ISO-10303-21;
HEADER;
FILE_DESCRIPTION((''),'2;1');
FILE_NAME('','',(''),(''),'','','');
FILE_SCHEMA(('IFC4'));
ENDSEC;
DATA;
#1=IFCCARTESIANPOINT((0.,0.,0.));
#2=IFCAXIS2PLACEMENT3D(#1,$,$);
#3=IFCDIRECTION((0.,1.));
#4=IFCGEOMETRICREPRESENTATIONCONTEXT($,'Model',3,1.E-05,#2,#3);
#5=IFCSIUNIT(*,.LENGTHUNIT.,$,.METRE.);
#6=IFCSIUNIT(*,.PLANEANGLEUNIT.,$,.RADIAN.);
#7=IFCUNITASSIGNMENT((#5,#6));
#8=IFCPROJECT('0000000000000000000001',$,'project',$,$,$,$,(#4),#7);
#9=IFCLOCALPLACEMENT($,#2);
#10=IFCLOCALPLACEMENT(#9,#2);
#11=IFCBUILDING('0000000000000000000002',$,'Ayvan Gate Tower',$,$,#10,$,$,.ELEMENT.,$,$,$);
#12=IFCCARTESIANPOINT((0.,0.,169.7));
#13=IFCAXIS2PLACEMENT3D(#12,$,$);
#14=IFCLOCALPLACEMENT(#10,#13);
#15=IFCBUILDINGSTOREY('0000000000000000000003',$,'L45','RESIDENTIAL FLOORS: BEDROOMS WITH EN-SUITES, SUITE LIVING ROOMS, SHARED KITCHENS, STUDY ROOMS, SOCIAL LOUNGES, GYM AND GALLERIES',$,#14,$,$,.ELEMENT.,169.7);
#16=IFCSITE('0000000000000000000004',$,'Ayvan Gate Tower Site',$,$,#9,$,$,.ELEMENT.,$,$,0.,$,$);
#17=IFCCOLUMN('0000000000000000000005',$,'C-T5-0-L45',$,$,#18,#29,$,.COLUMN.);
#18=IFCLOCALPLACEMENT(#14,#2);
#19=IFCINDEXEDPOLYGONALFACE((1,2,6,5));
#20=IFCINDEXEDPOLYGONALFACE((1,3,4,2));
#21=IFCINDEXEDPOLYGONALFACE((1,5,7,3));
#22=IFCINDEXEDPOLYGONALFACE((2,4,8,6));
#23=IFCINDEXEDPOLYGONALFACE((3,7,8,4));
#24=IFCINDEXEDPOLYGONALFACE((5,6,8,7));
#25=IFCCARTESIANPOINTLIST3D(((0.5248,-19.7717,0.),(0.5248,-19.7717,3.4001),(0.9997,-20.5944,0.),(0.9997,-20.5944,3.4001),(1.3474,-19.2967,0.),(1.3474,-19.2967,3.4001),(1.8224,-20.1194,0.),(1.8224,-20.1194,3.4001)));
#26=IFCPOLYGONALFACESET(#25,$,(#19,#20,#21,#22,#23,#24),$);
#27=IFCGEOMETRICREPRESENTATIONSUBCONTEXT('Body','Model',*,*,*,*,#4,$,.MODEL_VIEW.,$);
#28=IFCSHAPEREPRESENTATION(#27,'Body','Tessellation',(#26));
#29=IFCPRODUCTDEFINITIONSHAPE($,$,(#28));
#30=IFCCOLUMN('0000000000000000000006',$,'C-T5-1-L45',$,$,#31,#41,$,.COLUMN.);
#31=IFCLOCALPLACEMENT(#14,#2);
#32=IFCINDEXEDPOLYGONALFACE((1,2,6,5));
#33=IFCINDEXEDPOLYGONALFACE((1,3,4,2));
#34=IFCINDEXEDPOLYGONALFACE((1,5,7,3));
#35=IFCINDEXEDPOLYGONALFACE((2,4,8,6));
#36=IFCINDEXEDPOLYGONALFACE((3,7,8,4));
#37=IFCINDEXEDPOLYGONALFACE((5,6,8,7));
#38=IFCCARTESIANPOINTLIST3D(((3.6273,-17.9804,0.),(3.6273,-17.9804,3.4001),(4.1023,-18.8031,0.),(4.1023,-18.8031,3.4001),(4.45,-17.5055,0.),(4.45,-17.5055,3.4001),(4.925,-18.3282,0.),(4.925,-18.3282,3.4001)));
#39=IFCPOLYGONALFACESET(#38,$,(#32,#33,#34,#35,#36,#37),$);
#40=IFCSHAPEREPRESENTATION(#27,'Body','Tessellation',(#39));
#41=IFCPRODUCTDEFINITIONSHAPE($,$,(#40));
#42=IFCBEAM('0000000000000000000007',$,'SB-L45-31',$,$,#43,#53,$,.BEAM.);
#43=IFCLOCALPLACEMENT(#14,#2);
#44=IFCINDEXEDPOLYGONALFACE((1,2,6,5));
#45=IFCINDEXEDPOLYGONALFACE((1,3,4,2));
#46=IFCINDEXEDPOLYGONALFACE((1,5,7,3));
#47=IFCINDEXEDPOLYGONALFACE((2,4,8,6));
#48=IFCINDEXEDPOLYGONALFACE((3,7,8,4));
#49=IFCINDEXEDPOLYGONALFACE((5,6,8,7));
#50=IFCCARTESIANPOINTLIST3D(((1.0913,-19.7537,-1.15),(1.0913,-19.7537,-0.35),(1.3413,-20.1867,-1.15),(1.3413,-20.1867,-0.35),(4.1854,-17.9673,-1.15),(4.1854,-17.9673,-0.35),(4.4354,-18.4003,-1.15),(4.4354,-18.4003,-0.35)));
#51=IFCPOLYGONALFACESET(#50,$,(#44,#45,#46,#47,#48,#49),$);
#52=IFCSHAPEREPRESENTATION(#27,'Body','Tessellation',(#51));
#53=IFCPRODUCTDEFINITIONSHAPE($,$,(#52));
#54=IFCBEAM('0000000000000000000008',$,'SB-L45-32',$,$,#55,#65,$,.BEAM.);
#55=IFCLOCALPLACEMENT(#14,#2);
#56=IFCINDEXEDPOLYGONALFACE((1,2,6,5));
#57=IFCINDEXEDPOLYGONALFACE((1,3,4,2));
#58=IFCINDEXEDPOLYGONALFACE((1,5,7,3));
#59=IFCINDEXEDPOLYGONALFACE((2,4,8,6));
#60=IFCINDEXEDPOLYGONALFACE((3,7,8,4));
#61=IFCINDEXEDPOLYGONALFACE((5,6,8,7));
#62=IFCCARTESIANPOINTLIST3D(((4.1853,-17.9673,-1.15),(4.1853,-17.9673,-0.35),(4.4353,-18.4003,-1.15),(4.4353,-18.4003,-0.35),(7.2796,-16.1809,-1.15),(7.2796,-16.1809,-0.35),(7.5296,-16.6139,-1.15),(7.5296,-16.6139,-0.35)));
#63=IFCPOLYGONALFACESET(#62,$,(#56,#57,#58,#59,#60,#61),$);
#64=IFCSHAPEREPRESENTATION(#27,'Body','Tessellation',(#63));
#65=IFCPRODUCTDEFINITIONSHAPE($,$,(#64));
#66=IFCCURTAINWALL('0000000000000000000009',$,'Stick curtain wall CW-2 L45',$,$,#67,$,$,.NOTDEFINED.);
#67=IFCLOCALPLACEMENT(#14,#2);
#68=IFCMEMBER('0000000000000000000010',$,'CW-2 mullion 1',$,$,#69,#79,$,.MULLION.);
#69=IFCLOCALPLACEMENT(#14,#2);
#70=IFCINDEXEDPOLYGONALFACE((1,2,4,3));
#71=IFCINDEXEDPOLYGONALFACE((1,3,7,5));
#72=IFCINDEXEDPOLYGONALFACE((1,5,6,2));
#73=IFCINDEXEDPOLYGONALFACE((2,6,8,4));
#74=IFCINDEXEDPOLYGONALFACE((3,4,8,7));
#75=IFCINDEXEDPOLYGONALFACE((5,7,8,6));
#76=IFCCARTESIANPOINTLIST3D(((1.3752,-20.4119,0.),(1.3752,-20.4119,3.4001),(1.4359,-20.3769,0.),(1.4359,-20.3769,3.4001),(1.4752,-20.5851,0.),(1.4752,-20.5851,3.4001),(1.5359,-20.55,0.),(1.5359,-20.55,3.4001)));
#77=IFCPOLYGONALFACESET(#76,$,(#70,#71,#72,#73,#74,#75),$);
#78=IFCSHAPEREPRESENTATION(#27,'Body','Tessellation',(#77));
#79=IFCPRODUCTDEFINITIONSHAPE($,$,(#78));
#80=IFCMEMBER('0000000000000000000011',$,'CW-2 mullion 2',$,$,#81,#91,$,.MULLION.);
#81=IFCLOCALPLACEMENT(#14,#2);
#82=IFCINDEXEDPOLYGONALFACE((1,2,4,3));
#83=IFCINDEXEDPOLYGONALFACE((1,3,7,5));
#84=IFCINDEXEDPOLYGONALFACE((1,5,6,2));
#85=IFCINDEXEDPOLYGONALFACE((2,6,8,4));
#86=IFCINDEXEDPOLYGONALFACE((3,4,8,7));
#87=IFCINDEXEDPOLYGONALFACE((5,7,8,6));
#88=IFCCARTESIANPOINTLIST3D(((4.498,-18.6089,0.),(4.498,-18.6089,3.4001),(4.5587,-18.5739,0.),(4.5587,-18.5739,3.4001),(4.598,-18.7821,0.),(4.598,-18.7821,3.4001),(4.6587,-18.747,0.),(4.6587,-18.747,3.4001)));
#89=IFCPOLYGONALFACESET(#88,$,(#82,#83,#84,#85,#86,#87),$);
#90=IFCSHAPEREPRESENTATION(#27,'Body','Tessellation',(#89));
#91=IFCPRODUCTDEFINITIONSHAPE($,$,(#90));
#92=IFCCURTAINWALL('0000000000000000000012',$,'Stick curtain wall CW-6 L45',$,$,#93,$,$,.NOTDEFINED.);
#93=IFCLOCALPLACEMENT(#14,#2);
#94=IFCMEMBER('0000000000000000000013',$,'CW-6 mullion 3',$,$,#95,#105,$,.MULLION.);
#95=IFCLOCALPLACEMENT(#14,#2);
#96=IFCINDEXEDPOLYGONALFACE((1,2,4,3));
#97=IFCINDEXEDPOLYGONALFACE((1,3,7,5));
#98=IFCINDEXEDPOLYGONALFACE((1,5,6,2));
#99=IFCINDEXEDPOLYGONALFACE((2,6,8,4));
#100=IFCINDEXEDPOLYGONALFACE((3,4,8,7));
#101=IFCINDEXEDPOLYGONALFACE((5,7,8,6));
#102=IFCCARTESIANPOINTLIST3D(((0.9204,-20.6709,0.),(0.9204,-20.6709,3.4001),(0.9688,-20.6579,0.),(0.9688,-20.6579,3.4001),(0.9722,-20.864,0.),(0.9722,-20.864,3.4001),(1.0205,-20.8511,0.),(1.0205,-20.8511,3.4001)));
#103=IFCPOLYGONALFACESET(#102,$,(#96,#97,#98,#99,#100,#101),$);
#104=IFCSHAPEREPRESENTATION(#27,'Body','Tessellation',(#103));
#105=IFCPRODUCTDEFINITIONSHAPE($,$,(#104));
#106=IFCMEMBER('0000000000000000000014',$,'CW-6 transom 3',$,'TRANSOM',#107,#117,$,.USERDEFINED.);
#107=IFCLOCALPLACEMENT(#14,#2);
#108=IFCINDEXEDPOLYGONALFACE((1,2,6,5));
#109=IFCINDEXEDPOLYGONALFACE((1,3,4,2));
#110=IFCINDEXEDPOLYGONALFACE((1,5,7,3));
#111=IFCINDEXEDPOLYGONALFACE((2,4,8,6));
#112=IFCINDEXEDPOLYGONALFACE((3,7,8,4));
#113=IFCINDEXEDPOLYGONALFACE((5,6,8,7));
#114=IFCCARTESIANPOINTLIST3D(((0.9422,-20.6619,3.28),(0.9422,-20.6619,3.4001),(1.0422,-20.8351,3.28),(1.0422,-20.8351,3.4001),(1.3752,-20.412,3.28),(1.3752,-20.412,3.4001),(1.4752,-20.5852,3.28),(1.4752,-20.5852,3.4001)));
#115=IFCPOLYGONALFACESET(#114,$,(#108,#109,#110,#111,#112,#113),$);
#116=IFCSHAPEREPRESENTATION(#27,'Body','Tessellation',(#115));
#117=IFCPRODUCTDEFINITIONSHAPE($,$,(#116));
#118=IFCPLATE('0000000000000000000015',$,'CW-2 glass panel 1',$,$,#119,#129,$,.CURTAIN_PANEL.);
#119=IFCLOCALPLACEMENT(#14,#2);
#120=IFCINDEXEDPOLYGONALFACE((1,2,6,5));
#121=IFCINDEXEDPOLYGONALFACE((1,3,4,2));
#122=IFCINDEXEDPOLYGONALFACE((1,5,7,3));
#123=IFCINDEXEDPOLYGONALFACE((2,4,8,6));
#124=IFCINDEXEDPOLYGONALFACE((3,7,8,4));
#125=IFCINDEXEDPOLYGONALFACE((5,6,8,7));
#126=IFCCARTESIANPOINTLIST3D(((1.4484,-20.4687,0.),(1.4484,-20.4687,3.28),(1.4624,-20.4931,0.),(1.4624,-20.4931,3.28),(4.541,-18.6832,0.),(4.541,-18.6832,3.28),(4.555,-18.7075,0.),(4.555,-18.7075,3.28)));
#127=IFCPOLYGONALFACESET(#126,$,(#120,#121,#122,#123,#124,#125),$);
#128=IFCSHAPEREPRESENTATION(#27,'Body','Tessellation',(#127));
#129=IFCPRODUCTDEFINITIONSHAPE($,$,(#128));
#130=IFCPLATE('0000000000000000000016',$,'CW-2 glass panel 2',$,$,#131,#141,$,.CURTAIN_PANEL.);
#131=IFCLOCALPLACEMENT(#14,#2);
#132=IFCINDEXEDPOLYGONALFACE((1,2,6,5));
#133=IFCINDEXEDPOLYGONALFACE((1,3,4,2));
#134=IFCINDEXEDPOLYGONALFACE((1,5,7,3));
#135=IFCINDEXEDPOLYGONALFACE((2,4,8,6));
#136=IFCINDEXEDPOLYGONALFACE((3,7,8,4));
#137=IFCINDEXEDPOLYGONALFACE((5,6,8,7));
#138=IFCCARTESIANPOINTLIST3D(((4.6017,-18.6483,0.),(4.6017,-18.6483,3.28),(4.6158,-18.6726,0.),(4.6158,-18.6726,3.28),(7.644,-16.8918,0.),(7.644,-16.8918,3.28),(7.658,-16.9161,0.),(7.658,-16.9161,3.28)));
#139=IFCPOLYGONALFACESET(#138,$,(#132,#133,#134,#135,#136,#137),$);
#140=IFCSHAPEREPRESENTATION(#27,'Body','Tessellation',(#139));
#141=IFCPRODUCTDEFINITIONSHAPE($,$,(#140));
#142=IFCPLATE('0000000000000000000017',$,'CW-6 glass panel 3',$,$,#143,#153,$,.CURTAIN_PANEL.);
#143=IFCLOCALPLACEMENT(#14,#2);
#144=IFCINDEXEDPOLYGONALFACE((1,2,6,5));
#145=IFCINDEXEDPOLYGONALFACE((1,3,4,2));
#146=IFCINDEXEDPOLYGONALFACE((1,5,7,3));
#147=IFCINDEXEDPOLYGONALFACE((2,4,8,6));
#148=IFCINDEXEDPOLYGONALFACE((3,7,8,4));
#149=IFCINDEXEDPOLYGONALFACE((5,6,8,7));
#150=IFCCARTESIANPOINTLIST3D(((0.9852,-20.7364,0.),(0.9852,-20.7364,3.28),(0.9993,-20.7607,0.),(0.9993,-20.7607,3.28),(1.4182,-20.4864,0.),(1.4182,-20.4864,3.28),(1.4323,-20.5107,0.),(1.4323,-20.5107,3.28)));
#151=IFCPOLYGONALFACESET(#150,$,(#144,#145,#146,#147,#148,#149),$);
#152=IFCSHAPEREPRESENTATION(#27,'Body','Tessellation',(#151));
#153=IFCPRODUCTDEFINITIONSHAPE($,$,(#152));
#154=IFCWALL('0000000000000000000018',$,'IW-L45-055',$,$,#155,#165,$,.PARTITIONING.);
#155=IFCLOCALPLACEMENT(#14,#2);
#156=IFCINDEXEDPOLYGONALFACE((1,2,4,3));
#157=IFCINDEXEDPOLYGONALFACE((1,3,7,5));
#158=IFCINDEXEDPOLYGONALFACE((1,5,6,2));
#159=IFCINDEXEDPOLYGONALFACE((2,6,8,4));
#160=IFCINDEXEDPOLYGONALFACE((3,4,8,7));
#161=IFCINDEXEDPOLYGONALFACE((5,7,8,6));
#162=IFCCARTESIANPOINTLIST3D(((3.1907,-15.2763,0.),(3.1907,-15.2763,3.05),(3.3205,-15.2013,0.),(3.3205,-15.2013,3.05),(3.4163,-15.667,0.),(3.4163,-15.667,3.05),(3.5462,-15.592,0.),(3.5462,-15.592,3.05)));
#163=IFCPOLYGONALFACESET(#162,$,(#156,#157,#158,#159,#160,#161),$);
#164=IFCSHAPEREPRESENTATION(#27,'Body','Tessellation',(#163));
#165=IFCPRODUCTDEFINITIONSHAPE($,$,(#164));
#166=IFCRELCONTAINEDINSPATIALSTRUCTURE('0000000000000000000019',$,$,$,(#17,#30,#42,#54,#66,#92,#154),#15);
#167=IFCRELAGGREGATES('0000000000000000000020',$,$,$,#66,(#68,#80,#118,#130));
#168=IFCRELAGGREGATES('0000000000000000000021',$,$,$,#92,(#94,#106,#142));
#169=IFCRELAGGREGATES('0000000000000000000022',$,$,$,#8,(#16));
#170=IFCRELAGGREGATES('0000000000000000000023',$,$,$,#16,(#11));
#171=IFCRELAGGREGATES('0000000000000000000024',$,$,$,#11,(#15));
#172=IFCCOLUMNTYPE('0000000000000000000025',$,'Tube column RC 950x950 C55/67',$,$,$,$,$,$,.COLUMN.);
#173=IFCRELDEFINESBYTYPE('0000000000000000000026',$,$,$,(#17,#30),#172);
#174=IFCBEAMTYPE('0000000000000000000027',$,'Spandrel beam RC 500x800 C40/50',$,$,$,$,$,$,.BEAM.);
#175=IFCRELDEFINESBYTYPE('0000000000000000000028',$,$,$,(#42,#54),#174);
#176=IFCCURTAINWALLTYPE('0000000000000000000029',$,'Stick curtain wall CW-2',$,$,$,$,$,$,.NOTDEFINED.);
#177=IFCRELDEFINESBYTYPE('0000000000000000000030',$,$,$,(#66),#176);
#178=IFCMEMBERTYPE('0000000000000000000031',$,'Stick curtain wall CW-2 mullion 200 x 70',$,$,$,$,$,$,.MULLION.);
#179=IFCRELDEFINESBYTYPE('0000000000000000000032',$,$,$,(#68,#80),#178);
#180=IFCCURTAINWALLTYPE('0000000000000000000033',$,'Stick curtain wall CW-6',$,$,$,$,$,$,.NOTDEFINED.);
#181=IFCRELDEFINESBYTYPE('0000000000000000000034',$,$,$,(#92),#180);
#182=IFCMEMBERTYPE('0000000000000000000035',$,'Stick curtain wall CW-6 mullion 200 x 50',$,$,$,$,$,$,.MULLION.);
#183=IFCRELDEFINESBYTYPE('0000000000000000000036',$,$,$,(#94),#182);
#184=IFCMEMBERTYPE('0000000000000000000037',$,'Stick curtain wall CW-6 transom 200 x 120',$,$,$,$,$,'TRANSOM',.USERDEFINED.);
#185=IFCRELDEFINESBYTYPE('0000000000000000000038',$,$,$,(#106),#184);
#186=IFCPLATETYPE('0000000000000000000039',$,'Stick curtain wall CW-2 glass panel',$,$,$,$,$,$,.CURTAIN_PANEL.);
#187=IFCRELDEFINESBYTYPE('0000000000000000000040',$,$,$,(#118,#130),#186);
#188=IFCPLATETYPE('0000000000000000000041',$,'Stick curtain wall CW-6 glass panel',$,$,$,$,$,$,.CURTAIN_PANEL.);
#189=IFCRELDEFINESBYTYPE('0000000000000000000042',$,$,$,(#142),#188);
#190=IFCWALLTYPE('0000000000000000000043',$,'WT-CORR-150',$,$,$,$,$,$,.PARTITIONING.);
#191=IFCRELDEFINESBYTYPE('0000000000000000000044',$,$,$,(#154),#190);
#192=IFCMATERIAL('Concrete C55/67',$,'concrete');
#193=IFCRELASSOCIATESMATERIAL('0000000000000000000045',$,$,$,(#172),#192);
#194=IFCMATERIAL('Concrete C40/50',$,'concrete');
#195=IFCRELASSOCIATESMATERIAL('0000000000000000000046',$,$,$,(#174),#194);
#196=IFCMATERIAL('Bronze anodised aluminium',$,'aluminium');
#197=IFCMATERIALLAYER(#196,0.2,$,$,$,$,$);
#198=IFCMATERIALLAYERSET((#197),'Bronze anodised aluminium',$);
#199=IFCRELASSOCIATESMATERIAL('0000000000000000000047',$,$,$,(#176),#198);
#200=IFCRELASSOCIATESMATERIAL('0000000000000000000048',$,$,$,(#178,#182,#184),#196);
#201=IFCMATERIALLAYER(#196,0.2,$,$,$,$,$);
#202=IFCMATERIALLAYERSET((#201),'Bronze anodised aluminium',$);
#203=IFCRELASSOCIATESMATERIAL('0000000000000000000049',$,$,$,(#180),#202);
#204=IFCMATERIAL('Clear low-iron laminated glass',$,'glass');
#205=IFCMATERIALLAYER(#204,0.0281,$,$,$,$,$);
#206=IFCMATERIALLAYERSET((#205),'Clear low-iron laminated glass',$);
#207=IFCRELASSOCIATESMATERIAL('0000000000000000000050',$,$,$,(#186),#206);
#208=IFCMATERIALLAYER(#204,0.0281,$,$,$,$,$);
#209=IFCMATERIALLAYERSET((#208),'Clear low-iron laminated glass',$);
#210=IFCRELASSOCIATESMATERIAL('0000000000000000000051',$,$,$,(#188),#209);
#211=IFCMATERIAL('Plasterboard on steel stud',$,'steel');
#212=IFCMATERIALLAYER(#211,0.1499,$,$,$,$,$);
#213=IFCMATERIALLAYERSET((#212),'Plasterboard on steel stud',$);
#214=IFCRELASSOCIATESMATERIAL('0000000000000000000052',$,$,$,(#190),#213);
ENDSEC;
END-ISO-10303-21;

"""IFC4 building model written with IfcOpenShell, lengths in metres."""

from ifc_helpers import new_model, si_unit, direction, frame, frame_2d, origin, origin_2d, place, context, subcontext, project, spatial, rectangle, extrude, material, layer, layer_set, material_profile, profile_set, type_object, element, aggregate, save


model = new_model("IFC4")

# Units and contexts
model_context = context("Model", 3, precision=1e-05, world=origin(), true_north=direction((0.0, 1.0)))
body_context = subcontext(model_context, "Body", "Model", "MODEL_VIEW")
ifc_project = project(units=[si_unit("LENGTHUNIT", "METRE"), si_unit("PLANEANGLEUNIT", "RADIAN")], contexts=[model_context])

# Site, building, storey
site_placement = place(None, origin())
site = spatial("IfcSite", under=ifc_project, at=site_placement, Name="Ayvan Gate Tower Site", CompositionType="ELEMENT", RefElevation=0.0)
building_placement = place(site_placement, origin())
building = spatial("IfcBuilding", under=site, at=building_placement, Name="Ayvan Gate Tower", CompositionType="ELEMENT")
storey_placement = place(building_placement, frame((0.0, 0.0, 169.7)))
storey = spatial("IfcBuildingStorey", under=building, at=storey_placement, Name="L45", Description="RESIDENTIAL FLOORS: BEDROOMS WITH EN-SUITES, SUITE LIVING ROOMS, SHARED KITCHENS, STUDY ROOMS, SOCIAL LOUNGES, GYM AND GALLERIES", CompositionType="ELEMENT", Elevation=169.7)

# Columns
ifc_material_1 = material(Name="Concrete C55/67", Category="concrete")
ifc_material_profile_1 = material_profile(ifc_material_1, rectangle(XDim=0.95, YDim=0.95, at=origin_2d()), Name="RC 950x950")
ifc_profile_set_1 = profile_set([ifc_material_profile_1], Name="Concrete C55/67")
column_type = type_object("IfcColumnType", Name="Tube column RC 950x950 C55/67", PredefinedType="COLUMN", material=ifc_profile_set_1)
for number, where, z_axis, x_axis, name in (
    (1, (1.1736, -19.9456, 0.0), (0.0, 0.0, 1.0), (0.5, -0.866025, 0.0), "C-T5-0-L45"),
    (2, (4.2761, -18.1543, 0.0), (0.0, 0.0, 1.0), (0.5, -0.866025, 0.0), "C-T5-1-L45"),
):
    element("IfcColumn", number, at=place(storey_placement, frame(where, z_axis=z_axis, x_axis=x_axis)), inside=storey, type_object=column_type, Name=name, PredefinedType="COLUMN", context=body_context, shape_type="SweptSolid", body=[
        extrude(rectangle(XDim=0.95, YDim=0.95, at=origin_2d()), origin(), (0.0, 0.0, 1.0), 3.4001),
    ])

# Beams
ifc_material_2 = material(Name="Concrete C40/50", Category="concrete")
ifc_material_profile_2 = material_profile(ifc_material_2, rectangle(XDim=0.5, YDim=0.8, at=origin_2d()), Name="RC 500x800")
ifc_profile_set_2 = profile_set([ifc_material_profile_2], Name="Concrete C40/50")
beam_type = type_object("IfcBeamType", Name="Spandrel beam RC 500x800 C40/50", PredefinedType="BEAM", material=ifc_profile_set_2)
beam_1_placement = place(storey_placement, frame((1.2163, -19.9702, -0.75), z_axis=(0.866018, 0.500012, 0.0), x_axis=(-0.500012, 0.866018, 0.0)))
element("IfcBeam", 3, at=beam_1_placement, inside=storey, type_object=beam_type, Name="SB-L45-31", PredefinedType="BEAM", context=body_context, shape_type="SweptSolid", body=[
    extrude(rectangle(XDim=0.5, YDim=0.8, at=origin_2d()), origin(), (0.0, 0.0, 1.0), 3.5728),
])
beam_2_placement = place(storey_placement, frame((4.3103, -18.1838, -0.75), z_axis=(0.866035, 0.499983, 0.0), x_axis=(-0.499983, 0.866035, 0.0)))
element("IfcBeam", 4, at=beam_2_placement, inside=storey, type_object=beam_type, Name="SB-L45-32", PredefinedType="BEAM", context=body_context, shape_type="SweptSolid", body=[
    extrude(rectangle(XDim=0.5, YDim=0.8, at=origin_2d()), origin(), (0.0, 0.0, 1.0), 3.573),
])

# Curtain walls, members
ifc_material_3 = material(Name="Bronze anodised aluminium", Category="aluminium")
ifc_layer_1 = layer(ifc_material_3, 0.2)
ifc_layer_set_1 = layer_set([ifc_layer_1], Name="Bronze anodised aluminium")
curtain_wall_type_1 = type_object("IfcCurtainWallType", Name="Stick curtain wall CW-2", PredefinedType="NOTDEFINED", material=ifc_layer_set_1)
curtain_wall_1_placement = place(storey_placement, origin())
curtain_wall_1 = element("IfcCurtainWall", 5, at=curtain_wall_1_placement, inside=storey, type_object=curtain_wall_type_1, Name="Stick curtain wall CW-2 L45", PredefinedType="NOTDEFINED")
ifc_material_profile_3 = material_profile(ifc_material_3, rectangle(XDim=0.2, YDim=0.0701, at=origin_2d()), Name="Stick curtain wall CW-2 mullion 200 x 70")
ifc_profile_set_3 = profile_set([ifc_material_profile_3], Name="Bronze anodised aluminium")
member_type_1 = type_object("IfcMemberType", Name="Stick curtain wall CW-2 mullion 200 x 70", PredefinedType="MULLION", material=ifc_profile_set_3)
member_1_placement = place(storey_placement, frame((1.4556, -20.481, 0.0), z_axis=(0.0, 0.0, 1.0), x_axis=(0.5, -0.866025, 0.0)))
member_1 = element("IfcMember", 6, at=member_1_placement, type_object=member_type_1, Name="CW-2 mullion 1", PredefinedType="MULLION", context=body_context, shape_type="SweptSolid", body=[
    extrude(rectangle(XDim=0.2, YDim=0.0701, at=origin_2d()), origin(), (0.0, 0.0, 1.0), 3.4001),
])
member_2_placement = place(storey_placement, frame((4.5784, -18.678, 0.0), z_axis=(0.0, 0.0, 1.0), x_axis=(0.5, -0.866025, 0.0)))
member_2 = element("IfcMember", 7, at=member_2_placement, type_object=member_type_1, Name="CW-2 mullion 2", PredefinedType="MULLION", context=body_context, shape_type="SweptSolid", body=[
    extrude(rectangle(XDim=0.2, YDim=0.0701, at=origin_2d()), origin(), (0.0, 0.0, 1.0), 3.4001),
])
ifc_layer_2 = layer(ifc_material_3, 0.2)
ifc_layer_set_2 = layer_set([ifc_layer_2], Name="Bronze anodised aluminium")
curtain_wall_type_2 = type_object("IfcCurtainWallType", Name="Stick curtain wall CW-6", PredefinedType="NOTDEFINED", material=ifc_layer_set_2)
curtain_wall_2_placement = place(storey_placement, origin())
curtain_wall_2 = element("IfcCurtainWall", 8, at=curtain_wall_2_placement, inside=storey, type_object=curtain_wall_type_2, Name="Stick curtain wall CW-6 L45", PredefinedType="NOTDEFINED")
ifc_material_profile_4 = material_profile(ifc_material_3, rectangle(XDim=0.2, YDim=0.05, at=origin_2d()), Name="Stick curtain wall CW-6 mullion 200 x 50")
ifc_profile_set_4 = profile_set([ifc_material_profile_4], Name="Bronze anodised aluminium")
member_type_2 = type_object("IfcMemberType", Name="Stick curtain wall CW-6 mullion 200 x 50", PredefinedType="MULLION", material=ifc_profile_set_4)
member_3_placement = place(storey_placement, frame((0.9705, -20.761, 0.0), z_axis=(0.0, 0.0, 1.0), x_axis=(0.258819, -0.965926, 0.0)))
member_3 = element("IfcMember", 9, at=member_3_placement, type_object=member_type_2, Name="CW-6 mullion 3", PredefinedType="MULLION", context=body_context, shape_type="SweptSolid", body=[
    extrude(rectangle(XDim=0.2, YDim=0.05, at=origin_2d()), origin(), (0.0, 0.0, 1.0), 3.4001),
])
ifc_material_profile_5 = material_profile(ifc_material_3, rectangle(XDim=0.2, YDim=0.1201, at=origin_2d()), Name="Stick curtain wall CW-6 transom 200 x 120")
ifc_profile_set_5 = profile_set([ifc_material_profile_5], Name="Bronze anodised aluminium")
member_type_3 = type_object("IfcMemberType", Name="Stick curtain wall CW-6 transom 200 x 120", ElementType="TRANSOM", PredefinedType="USERDEFINED", material=ifc_profile_set_5)
member_4_placement = place(storey_placement, frame((0.9922, -20.7485, 3.3401), z_axis=(0.866072, 0.49992, 0.0), x_axis=(-0.49992, 0.866072, 0.0)))
member_4 = element("IfcMember", 10, at=member_4_placement, type_object=member_type_3, Name="CW-6 transom 3", ObjectType="TRANSOM", PredefinedType="USERDEFINED", context=body_context, shape_type="SweptSolid", body=[
    extrude(rectangle(XDim=0.2, YDim=0.1201, at=origin_2d()), origin(), (0.0, 0.0, 1.0), 0.5),
])

# Plates
ifc_material_4 = material(Name="Clear low-iron laminated glass", Category="glass")
ifc_layer_3 = layer(ifc_material_4, 0.0281)
ifc_layer_set_3 = layer_set([ifc_layer_3], Name="Clear low-iron laminated glass")
plate_type_1 = type_object("IfcPlateType", Name="Stick curtain wall CW-2 glass panel", PredefinedType="CURTAIN_PANEL", material=ifc_layer_set_3)
plate_1_placement = place(storey_placement, frame((3.0017, -19.5881, 0.0), z_axis=(0.0, 0.0, 1.0), x_axis=(0.866025, 0.5, 0.0)))
plate_1 = element("IfcPlate", 11, at=plate_1_placement, type_object=plate_type_1, Name="CW-2 glass panel 1", PredefinedType="CURTAIN_PANEL", context=body_context, shape_type="SweptSolid", body=[
    extrude(rectangle(XDim=3.571, YDim=0.0281, at=origin_2d()), origin(), (0.0, 0.0, 1.0), 3.28),
])
plate_2_placement = place(storey_placement, frame((6.1299, -17.7822, 0.0), z_axis=(0.0, 0.0, 1.0), x_axis=(0.866025, 0.5, 0.0)))
plate_2 = element("IfcPlate", 12, at=plate_2_placement, type_object=plate_type_1, Name="CW-2 glass panel 2", PredefinedType="CURTAIN_PANEL", context=body_context, shape_type="SweptSolid", body=[
    extrude(rectangle(XDim=3.5129, YDim=0.0281, at=origin_2d()), origin(), (0.0, 0.0, 1.0), 3.28),
])
aggregate(curtain_wall_1, [member_1, member_2, plate_1, plate_2])
ifc_layer_4 = layer(ifc_material_4, 0.0281)
ifc_layer_set_4 = layer_set([ifc_layer_4], Name="Clear low-iron laminated glass")
plate_type_2 = type_object("IfcPlateType", Name="Stick curtain wall CW-6 glass panel", PredefinedType="CURTAIN_PANEL", material=ifc_layer_set_4)
plate_3_placement = place(storey_placement, frame((1.2087, -20.6235, 0.0), z_axis=(0.0, 0.0, 1.0), x_axis=(0.866025, 0.5, 0.0)))
plate_3 = element("IfcPlate", 13, at=plate_3_placement, type_object=plate_type_2, Name="CW-6 glass panel 3", PredefinedType="CURTAIN_PANEL", context=body_context, shape_type="SweptSolid", body=[
    extrude(rectangle(XDim=0.5, YDim=0.0281, at=origin_2d()), origin(), (0.0, 0.0, 1.0), 3.28),
])
aggregate(curtain_wall_2, [member_3, member_4, plate_3])

# Wall
ifc_material_5 = material(Name="Plasterboard on steel stud", Category="steel")
ifc_layer_5 = layer(ifc_material_5, 0.1499)
ifc_layer_set_5 = layer_set([ifc_layer_5], Name="Plasterboard on steel stud")
wall_type_1 = type_object("IfcWallType", Name="WT-CORR-150", PredefinedType="PARTITIONING", material=ifc_layer_set_5)
wall_1_placement = place(storey_placement, frame((3.2556, -15.2388, 0.0), z_axis=(0.0, 0.0, 1.0), x_axis=(0.500097, -0.865969, 0.0)))
element("IfcWall", 14, at=wall_1_placement, inside=storey, type_object=wall_type_1, Name="IW-L45-055", PredefinedType="PARTITIONING", context=body_context, shape_type="SweptSolid", body=[
    extrude(rectangle(XDim=0.4512, YDim=0.1499, at=frame_2d((0.2256, 0.0))), origin(), (0.0, 0.0, 1.0), 3.05),
])

save(model, "model.ifc")
